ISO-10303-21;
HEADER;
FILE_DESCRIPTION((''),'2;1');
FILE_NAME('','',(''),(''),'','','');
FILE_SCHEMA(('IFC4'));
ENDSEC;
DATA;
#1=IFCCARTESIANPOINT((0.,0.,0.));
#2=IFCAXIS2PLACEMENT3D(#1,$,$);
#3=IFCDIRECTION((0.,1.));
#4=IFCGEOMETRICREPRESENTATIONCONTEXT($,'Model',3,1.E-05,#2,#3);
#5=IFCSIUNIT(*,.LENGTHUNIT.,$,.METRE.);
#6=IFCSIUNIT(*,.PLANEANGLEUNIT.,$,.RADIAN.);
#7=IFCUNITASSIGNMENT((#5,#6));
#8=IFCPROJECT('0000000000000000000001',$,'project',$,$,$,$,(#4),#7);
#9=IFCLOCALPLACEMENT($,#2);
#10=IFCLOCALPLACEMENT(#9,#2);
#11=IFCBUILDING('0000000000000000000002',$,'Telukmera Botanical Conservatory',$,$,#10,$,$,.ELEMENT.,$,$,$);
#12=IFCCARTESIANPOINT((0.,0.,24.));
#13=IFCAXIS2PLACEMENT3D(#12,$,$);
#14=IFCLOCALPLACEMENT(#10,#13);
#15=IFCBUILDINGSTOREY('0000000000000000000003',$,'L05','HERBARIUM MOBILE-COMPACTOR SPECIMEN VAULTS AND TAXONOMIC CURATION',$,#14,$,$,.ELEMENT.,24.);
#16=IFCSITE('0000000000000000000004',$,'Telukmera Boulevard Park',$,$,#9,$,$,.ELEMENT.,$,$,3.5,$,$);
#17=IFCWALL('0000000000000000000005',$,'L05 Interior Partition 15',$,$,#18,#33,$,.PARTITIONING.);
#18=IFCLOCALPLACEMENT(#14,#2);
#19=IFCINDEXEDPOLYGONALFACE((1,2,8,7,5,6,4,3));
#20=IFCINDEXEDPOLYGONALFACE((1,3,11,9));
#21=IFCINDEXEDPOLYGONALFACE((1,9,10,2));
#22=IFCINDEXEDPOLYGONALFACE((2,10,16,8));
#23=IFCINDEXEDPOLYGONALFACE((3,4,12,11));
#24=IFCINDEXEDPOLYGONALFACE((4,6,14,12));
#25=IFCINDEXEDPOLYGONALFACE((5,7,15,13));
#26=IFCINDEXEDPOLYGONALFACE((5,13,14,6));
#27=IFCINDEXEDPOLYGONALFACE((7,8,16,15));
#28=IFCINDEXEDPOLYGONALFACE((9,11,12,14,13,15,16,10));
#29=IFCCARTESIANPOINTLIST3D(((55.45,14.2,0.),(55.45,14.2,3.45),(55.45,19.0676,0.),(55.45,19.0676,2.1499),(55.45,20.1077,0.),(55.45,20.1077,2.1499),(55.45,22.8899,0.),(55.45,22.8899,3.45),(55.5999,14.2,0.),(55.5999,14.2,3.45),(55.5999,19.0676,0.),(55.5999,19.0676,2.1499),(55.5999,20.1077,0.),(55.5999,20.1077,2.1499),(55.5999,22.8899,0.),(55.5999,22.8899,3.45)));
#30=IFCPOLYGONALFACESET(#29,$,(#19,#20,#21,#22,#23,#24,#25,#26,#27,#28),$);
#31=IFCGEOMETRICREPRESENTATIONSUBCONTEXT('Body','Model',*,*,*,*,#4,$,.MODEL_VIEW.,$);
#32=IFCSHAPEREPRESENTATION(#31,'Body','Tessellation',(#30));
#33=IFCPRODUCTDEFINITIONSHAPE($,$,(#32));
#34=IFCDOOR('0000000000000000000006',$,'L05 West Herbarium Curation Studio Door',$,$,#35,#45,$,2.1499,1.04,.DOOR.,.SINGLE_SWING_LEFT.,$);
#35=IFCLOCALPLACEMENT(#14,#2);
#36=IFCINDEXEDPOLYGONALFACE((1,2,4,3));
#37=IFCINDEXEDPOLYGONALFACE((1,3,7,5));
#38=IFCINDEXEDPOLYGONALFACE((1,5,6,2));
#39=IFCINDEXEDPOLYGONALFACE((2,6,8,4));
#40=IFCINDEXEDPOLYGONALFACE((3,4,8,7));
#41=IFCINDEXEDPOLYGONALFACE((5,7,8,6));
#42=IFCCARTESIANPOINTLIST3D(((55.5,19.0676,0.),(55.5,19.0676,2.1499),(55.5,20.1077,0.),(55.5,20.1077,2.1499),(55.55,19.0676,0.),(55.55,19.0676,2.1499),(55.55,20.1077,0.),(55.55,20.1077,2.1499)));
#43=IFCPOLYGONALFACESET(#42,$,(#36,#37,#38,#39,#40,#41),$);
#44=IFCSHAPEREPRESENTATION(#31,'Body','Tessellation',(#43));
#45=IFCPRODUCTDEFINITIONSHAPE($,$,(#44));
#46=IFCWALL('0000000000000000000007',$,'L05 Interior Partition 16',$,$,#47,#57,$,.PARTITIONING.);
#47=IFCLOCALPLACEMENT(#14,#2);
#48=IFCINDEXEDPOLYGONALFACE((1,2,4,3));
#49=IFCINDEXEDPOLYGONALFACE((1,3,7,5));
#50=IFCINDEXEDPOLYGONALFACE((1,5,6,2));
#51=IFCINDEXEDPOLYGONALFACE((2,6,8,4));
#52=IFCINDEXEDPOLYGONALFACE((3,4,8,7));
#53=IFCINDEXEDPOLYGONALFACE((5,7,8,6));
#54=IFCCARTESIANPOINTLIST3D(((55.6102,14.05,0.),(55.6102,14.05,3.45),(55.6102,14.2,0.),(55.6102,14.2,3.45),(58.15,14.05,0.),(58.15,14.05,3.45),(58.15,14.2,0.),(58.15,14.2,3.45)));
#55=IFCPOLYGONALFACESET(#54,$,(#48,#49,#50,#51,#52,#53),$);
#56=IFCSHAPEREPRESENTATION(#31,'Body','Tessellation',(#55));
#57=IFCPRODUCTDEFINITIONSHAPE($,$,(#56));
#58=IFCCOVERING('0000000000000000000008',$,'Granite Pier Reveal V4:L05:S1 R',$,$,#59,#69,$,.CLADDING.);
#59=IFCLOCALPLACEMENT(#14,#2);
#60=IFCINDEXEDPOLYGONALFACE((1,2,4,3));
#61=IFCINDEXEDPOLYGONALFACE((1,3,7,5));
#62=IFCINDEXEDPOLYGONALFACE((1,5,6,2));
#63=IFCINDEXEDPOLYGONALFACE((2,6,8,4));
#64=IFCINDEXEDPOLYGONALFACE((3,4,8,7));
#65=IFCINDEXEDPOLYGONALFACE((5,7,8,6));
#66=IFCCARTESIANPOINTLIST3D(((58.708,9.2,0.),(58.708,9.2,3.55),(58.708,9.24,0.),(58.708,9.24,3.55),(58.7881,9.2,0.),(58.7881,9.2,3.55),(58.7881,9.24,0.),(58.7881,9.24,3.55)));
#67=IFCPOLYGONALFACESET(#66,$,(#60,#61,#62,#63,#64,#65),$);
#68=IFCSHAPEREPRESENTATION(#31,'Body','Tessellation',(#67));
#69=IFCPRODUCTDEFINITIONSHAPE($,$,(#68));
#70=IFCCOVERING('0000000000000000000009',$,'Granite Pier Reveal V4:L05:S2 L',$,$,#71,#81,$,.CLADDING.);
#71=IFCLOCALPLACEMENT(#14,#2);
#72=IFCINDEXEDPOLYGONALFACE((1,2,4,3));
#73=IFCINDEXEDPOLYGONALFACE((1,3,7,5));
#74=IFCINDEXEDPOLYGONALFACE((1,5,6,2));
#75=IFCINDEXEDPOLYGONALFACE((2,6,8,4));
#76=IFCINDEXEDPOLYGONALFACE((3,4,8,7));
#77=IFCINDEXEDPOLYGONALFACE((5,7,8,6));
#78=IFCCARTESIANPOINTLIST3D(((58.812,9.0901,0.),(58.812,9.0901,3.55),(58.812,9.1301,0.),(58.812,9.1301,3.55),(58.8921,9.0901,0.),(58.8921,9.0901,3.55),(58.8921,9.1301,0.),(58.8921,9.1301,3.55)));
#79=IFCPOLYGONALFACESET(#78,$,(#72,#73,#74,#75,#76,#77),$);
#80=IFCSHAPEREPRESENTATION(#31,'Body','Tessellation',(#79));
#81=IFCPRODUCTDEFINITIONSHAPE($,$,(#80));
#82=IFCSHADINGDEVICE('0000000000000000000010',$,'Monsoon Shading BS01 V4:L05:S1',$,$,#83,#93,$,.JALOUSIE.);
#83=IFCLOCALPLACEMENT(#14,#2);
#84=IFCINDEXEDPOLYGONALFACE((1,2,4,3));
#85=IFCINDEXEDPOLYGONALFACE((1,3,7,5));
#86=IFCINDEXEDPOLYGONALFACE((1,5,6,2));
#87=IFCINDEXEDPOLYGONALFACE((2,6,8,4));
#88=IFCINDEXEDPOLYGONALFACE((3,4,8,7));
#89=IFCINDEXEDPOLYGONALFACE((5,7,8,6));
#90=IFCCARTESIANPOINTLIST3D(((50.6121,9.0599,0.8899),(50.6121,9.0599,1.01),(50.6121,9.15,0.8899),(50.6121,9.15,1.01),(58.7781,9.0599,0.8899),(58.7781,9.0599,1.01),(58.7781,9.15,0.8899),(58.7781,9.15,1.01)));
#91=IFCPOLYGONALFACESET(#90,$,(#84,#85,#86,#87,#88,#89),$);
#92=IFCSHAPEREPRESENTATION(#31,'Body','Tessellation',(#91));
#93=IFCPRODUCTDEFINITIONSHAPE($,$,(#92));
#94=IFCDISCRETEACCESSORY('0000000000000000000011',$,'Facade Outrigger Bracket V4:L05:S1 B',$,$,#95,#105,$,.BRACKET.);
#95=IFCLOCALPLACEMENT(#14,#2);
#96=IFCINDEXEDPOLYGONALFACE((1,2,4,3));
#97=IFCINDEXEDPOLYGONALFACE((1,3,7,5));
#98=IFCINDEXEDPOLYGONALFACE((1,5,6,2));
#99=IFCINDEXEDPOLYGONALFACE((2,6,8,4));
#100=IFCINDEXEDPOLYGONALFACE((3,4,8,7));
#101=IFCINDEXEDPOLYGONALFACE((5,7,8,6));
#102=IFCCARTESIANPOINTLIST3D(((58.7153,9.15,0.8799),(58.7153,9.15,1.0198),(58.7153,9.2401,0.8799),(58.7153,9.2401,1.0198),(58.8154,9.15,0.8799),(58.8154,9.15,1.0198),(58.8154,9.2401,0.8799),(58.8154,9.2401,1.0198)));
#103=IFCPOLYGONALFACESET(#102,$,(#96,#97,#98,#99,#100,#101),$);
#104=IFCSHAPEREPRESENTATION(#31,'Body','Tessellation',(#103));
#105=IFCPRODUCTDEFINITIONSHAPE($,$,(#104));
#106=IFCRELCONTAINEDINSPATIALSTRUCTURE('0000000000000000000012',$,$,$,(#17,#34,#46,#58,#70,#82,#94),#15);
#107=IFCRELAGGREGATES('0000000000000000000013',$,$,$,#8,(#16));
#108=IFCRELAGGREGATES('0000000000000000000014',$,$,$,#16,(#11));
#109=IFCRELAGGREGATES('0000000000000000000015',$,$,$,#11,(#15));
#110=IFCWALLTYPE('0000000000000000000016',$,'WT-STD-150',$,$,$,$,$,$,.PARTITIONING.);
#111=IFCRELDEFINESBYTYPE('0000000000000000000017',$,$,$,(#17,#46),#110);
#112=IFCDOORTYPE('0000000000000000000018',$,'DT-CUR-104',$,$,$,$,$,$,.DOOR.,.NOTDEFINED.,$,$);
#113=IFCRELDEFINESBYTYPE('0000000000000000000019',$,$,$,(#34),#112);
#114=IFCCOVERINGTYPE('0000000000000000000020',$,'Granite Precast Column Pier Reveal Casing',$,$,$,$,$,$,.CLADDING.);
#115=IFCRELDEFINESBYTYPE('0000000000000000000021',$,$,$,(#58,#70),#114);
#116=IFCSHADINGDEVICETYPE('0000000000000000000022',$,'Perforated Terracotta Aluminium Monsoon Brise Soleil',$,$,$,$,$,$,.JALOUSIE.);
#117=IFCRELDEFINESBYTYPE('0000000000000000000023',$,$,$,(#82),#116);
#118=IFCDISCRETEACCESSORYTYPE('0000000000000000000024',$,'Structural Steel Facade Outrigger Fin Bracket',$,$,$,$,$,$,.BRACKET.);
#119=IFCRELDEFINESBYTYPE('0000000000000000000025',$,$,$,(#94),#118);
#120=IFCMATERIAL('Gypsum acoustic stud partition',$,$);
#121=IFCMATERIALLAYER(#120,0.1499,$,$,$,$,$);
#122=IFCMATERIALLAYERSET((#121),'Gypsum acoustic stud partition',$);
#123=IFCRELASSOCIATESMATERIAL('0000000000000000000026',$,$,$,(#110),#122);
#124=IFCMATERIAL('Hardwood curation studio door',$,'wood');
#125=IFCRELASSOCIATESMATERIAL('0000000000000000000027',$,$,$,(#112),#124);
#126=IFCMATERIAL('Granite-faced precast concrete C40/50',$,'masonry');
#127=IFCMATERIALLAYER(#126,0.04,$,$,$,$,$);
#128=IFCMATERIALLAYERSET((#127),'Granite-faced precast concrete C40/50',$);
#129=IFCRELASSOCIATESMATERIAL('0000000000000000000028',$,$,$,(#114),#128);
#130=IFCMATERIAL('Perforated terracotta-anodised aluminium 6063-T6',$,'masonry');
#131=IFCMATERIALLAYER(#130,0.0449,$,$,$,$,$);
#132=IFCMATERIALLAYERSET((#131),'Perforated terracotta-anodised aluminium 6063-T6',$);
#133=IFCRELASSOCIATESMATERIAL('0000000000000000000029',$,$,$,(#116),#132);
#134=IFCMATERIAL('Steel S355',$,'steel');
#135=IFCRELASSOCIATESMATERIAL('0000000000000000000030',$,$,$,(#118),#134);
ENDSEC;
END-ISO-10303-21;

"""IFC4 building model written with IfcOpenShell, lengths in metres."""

from ifc_helpers import new_model, si_unit, direction, frame, frame_2d, origin, origin_2d, place, context, subcontext, project, spatial, rectangle, extrude, material, layer, layer_set, type_object, element, fill, save


model = new_model("IFC4")

# Units and contexts
model_context = context("Model", 3, precision=1e-05, world=origin(), true_north=direction((0.0, 1.0)))
body_context = subcontext(model_context, "Body", "Model", "MODEL_VIEW")
ifc_project = project(units=[si_unit("LENGTHUNIT", "METRE"), si_unit("PLANEANGLEUNIT", "RADIAN")], contexts=[model_context])

# Site, building, storey
site_placement = place(None, origin())
site = spatial("IfcSite", under=ifc_project, at=site_placement, Name="Telukmera Boulevard Park", CompositionType="ELEMENT", RefElevation=3.5)
building_placement = place(site_placement, origin())
building = spatial("IfcBuilding", under=site, at=building_placement, Name="Telukmera Botanical Conservatory", CompositionType="ELEMENT")
storey_placement = place(building_placement, frame((0.0, 0.0, 24.0)))
storey = spatial("IfcBuildingStorey", under=building, at=storey_placement, Name="L05", Description="HERBARIUM MOBILE-COMPACTOR SPECIMEN VAULTS AND TAXONOMIC CURATION", CompositionType="ELEMENT", Elevation=24.0)

# Wall, opening, door
ifc_material_1 = material(Name="Gypsum acoustic stud partition")
ifc_layer_1 = layer(ifc_material_1, 0.1499)
ifc_layer_set_1 = layer_set([ifc_layer_1], Name="Gypsum acoustic stud partition")
wall_type_1 = type_object("IfcWallType", Name="WT-STD-150", PredefinedType="PARTITIONING", material=ifc_layer_set_1)
wall_1_placement = place(storey_placement, frame((55.5249, 14.2, 0.0), z_axis=(0.0, 0.0, 1.0), x_axis=(0.0, 1.0, 0.0)))
wall_1 = element("IfcWall", 1, at=wall_1_placement, inside=storey, type_object=wall_type_1, Name="L05 Interior Partition 15", PredefinedType="PARTITIONING", context=body_context, shape_type="SweptSolid", body=[
    extrude(rectangle(XDim=8.6899, YDim=0.1499, at=frame_2d((4.345, 0.0))), origin(), (0.0, 0.0, 1.0), 3.45),
])
opening_1_placement = place(wall_1_placement, frame((4.8677, 0.0, 0.0)))
opening_1 = element("IfcOpeningElement", 2, at=opening_1_placement, cuts=wall_1, PredefinedType="OPENING", context=body_context, shape_type="SweptSolid", body=[
    extrude(rectangle(XDim=1.04, YDim=2.1499, at=frame_2d((0.52, 1.075))), frame((0.0, 0.085, 0.0), z_axis=(0.0, -1.0, 0.0), x_axis=(1.0, 0.0, 0.0)), (0.0, 0.0, 1.0), 0.1699),
])
ifc_material_2 = material(Name="Hardwood curation studio door", Category="wood")
door_type = type_object("IfcDoorType", Name="DT-CUR-104", OperationType="NOTDEFINED", PredefinedType="DOOR", material=ifc_material_2)
door_1_placement = place(opening_1_placement, origin())
door_1 = element("IfcDoor", 3, at=door_1_placement, inside=storey, type_object=door_type, Name="L05 West Herbarium Curation Studio Door", OperationType="SINGLE_SWING_LEFT", OverallHeight=2.1499, OverallWidth=1.04, PredefinedType="DOOR", context=body_context, shape_type="SweptSolid", body=[
    extrude(rectangle(XDim=1.04, YDim=2.1499, at=frame_2d((0.52, 1.075))), frame((0.0, 0.0249, 0.0), z_axis=(0.0, -1.0, 0.0), x_axis=(1.0, 0.0, 0.0)), (0.0, 0.0, 1.0), 0.05),
])
fill(opening_1, door_1)

# Wall
wall_2_placement = place(storey_placement, frame((55.6101, 14.125, 0.0), z_axis=(0.0, 0.0, 1.0), x_axis=(1.0, 0.0, 0.0)))
element("IfcWall", 4, at=wall_2_placement, inside=storey, type_object=wall_type_1, Name="L05 Interior Partition 16", PredefinedType="PARTITIONING", context=body_context, shape_type="SweptSolid", body=[
    extrude(rectangle(XDim=2.5398, YDim=0.1499, at=frame_2d((1.27, 0.0))), origin(), (0.0, 0.0, 1.0), 3.45),
])

# Coverings
ifc_material_3 = material(Name="Granite-faced precast concrete C40/50", Category="masonry")
ifc_layer_2 = layer(ifc_material_3, 0.04)
ifc_layer_set_2 = layer_set([ifc_layer_2], Name="Granite-faced precast concrete C40/50")
covering_type = type_object("IfcCoveringType", Name="Granite Precast Column Pier Reveal Casing", PredefinedType="CLADDING", material=ifc_layer_set_2)
for number, where, z_axis, x_axis, name in (
    (5, (58.748, 9.22, 0.0), (0.0, 0.0, 1.0), (1.0, 0.0, 0.0), "Granite Pier Reveal V4:L05:S1 R"),
    (6, (58.8521, 9.1101, 0.0), (0.0, 0.0, 1.0), (1.0, 0.0, 0.0), "Granite Pier Reveal V4:L05:S2 L"),
):
    element("IfcCovering", number, at=place(storey_placement, frame(where, z_axis=z_axis, x_axis=x_axis)), inside=storey, type_object=covering_type, Name=name, PredefinedType="CLADDING", context=body_context, shape_type="SweptSolid", body=[
        extrude(rectangle(XDim=0.0801, YDim=0.04, at=origin_2d()), origin(), (0.0, 0.0, 1.0), 3.55),
    ])

# Shading device
ifc_material_4 = material(Name="Perforated terracotta-anodised aluminium 6063-T6", Category="masonry")
ifc_layer_3 = layer(ifc_material_4, 0.0449)
ifc_layer_set_3 = layer_set([ifc_layer_3], Name="Perforated terracotta-anodised aluminium 6063-T6")
shading_device_type = type_object("IfcShadingDeviceType", Name="Perforated Terracotta Aluminium Monsoon Brise Soleil", PredefinedType="JALOUSIE", material=ifc_layer_set_3)
shading_device_placement = place(storey_placement, frame((54.6951, 9.105, 0.8899), z_axis=(0.0, 0.0, 1.0), x_axis=(1.0, 0.0, 0.0)))
element("IfcShadingDevice", 7, at=shading_device_placement, inside=storey, type_object=shading_device_type, Name="Monsoon Shading BS01 V4:L05:S1", PredefinedType="JALOUSIE", context=body_context, shape_type="SweptSolid", body=[
    extrude(rectangle(XDim=8.166, YDim=0.0901, at=origin_2d()), origin(), (0.0, 0.0, 1.0), 0.1201),
])

# Discrete accessory
ifc_material_5 = material(Name="Steel S355", Category="steel")
discrete_accessory_type = type_object("IfcDiscreteAccessoryType", Name="Structural Steel Facade Outrigger Fin Bracket", PredefinedType="BRACKET", material=ifc_material_5)
discrete_accessory_placement = place(storey_placement, frame((58.7654, 9.1951, 0.8799), z_axis=(0.0, 0.0, 1.0), x_axis=(1.0, 0.0, 0.0)))
element("IfcDiscreteAccessory", 8, at=discrete_accessory_placement, inside=storey, type_object=discrete_accessory_type, Name="Facade Outrigger Bracket V4:L05:S1 B", PredefinedType="BRACKET", context=body_context, shape_type="SweptSolid", body=[
    extrude(rectangle(XDim=0.1001, YDim=0.0901, at=origin_2d()), origin(), (0.0, 0.0, 1.0), 0.1399),
])

save(model, "model.ifc")
